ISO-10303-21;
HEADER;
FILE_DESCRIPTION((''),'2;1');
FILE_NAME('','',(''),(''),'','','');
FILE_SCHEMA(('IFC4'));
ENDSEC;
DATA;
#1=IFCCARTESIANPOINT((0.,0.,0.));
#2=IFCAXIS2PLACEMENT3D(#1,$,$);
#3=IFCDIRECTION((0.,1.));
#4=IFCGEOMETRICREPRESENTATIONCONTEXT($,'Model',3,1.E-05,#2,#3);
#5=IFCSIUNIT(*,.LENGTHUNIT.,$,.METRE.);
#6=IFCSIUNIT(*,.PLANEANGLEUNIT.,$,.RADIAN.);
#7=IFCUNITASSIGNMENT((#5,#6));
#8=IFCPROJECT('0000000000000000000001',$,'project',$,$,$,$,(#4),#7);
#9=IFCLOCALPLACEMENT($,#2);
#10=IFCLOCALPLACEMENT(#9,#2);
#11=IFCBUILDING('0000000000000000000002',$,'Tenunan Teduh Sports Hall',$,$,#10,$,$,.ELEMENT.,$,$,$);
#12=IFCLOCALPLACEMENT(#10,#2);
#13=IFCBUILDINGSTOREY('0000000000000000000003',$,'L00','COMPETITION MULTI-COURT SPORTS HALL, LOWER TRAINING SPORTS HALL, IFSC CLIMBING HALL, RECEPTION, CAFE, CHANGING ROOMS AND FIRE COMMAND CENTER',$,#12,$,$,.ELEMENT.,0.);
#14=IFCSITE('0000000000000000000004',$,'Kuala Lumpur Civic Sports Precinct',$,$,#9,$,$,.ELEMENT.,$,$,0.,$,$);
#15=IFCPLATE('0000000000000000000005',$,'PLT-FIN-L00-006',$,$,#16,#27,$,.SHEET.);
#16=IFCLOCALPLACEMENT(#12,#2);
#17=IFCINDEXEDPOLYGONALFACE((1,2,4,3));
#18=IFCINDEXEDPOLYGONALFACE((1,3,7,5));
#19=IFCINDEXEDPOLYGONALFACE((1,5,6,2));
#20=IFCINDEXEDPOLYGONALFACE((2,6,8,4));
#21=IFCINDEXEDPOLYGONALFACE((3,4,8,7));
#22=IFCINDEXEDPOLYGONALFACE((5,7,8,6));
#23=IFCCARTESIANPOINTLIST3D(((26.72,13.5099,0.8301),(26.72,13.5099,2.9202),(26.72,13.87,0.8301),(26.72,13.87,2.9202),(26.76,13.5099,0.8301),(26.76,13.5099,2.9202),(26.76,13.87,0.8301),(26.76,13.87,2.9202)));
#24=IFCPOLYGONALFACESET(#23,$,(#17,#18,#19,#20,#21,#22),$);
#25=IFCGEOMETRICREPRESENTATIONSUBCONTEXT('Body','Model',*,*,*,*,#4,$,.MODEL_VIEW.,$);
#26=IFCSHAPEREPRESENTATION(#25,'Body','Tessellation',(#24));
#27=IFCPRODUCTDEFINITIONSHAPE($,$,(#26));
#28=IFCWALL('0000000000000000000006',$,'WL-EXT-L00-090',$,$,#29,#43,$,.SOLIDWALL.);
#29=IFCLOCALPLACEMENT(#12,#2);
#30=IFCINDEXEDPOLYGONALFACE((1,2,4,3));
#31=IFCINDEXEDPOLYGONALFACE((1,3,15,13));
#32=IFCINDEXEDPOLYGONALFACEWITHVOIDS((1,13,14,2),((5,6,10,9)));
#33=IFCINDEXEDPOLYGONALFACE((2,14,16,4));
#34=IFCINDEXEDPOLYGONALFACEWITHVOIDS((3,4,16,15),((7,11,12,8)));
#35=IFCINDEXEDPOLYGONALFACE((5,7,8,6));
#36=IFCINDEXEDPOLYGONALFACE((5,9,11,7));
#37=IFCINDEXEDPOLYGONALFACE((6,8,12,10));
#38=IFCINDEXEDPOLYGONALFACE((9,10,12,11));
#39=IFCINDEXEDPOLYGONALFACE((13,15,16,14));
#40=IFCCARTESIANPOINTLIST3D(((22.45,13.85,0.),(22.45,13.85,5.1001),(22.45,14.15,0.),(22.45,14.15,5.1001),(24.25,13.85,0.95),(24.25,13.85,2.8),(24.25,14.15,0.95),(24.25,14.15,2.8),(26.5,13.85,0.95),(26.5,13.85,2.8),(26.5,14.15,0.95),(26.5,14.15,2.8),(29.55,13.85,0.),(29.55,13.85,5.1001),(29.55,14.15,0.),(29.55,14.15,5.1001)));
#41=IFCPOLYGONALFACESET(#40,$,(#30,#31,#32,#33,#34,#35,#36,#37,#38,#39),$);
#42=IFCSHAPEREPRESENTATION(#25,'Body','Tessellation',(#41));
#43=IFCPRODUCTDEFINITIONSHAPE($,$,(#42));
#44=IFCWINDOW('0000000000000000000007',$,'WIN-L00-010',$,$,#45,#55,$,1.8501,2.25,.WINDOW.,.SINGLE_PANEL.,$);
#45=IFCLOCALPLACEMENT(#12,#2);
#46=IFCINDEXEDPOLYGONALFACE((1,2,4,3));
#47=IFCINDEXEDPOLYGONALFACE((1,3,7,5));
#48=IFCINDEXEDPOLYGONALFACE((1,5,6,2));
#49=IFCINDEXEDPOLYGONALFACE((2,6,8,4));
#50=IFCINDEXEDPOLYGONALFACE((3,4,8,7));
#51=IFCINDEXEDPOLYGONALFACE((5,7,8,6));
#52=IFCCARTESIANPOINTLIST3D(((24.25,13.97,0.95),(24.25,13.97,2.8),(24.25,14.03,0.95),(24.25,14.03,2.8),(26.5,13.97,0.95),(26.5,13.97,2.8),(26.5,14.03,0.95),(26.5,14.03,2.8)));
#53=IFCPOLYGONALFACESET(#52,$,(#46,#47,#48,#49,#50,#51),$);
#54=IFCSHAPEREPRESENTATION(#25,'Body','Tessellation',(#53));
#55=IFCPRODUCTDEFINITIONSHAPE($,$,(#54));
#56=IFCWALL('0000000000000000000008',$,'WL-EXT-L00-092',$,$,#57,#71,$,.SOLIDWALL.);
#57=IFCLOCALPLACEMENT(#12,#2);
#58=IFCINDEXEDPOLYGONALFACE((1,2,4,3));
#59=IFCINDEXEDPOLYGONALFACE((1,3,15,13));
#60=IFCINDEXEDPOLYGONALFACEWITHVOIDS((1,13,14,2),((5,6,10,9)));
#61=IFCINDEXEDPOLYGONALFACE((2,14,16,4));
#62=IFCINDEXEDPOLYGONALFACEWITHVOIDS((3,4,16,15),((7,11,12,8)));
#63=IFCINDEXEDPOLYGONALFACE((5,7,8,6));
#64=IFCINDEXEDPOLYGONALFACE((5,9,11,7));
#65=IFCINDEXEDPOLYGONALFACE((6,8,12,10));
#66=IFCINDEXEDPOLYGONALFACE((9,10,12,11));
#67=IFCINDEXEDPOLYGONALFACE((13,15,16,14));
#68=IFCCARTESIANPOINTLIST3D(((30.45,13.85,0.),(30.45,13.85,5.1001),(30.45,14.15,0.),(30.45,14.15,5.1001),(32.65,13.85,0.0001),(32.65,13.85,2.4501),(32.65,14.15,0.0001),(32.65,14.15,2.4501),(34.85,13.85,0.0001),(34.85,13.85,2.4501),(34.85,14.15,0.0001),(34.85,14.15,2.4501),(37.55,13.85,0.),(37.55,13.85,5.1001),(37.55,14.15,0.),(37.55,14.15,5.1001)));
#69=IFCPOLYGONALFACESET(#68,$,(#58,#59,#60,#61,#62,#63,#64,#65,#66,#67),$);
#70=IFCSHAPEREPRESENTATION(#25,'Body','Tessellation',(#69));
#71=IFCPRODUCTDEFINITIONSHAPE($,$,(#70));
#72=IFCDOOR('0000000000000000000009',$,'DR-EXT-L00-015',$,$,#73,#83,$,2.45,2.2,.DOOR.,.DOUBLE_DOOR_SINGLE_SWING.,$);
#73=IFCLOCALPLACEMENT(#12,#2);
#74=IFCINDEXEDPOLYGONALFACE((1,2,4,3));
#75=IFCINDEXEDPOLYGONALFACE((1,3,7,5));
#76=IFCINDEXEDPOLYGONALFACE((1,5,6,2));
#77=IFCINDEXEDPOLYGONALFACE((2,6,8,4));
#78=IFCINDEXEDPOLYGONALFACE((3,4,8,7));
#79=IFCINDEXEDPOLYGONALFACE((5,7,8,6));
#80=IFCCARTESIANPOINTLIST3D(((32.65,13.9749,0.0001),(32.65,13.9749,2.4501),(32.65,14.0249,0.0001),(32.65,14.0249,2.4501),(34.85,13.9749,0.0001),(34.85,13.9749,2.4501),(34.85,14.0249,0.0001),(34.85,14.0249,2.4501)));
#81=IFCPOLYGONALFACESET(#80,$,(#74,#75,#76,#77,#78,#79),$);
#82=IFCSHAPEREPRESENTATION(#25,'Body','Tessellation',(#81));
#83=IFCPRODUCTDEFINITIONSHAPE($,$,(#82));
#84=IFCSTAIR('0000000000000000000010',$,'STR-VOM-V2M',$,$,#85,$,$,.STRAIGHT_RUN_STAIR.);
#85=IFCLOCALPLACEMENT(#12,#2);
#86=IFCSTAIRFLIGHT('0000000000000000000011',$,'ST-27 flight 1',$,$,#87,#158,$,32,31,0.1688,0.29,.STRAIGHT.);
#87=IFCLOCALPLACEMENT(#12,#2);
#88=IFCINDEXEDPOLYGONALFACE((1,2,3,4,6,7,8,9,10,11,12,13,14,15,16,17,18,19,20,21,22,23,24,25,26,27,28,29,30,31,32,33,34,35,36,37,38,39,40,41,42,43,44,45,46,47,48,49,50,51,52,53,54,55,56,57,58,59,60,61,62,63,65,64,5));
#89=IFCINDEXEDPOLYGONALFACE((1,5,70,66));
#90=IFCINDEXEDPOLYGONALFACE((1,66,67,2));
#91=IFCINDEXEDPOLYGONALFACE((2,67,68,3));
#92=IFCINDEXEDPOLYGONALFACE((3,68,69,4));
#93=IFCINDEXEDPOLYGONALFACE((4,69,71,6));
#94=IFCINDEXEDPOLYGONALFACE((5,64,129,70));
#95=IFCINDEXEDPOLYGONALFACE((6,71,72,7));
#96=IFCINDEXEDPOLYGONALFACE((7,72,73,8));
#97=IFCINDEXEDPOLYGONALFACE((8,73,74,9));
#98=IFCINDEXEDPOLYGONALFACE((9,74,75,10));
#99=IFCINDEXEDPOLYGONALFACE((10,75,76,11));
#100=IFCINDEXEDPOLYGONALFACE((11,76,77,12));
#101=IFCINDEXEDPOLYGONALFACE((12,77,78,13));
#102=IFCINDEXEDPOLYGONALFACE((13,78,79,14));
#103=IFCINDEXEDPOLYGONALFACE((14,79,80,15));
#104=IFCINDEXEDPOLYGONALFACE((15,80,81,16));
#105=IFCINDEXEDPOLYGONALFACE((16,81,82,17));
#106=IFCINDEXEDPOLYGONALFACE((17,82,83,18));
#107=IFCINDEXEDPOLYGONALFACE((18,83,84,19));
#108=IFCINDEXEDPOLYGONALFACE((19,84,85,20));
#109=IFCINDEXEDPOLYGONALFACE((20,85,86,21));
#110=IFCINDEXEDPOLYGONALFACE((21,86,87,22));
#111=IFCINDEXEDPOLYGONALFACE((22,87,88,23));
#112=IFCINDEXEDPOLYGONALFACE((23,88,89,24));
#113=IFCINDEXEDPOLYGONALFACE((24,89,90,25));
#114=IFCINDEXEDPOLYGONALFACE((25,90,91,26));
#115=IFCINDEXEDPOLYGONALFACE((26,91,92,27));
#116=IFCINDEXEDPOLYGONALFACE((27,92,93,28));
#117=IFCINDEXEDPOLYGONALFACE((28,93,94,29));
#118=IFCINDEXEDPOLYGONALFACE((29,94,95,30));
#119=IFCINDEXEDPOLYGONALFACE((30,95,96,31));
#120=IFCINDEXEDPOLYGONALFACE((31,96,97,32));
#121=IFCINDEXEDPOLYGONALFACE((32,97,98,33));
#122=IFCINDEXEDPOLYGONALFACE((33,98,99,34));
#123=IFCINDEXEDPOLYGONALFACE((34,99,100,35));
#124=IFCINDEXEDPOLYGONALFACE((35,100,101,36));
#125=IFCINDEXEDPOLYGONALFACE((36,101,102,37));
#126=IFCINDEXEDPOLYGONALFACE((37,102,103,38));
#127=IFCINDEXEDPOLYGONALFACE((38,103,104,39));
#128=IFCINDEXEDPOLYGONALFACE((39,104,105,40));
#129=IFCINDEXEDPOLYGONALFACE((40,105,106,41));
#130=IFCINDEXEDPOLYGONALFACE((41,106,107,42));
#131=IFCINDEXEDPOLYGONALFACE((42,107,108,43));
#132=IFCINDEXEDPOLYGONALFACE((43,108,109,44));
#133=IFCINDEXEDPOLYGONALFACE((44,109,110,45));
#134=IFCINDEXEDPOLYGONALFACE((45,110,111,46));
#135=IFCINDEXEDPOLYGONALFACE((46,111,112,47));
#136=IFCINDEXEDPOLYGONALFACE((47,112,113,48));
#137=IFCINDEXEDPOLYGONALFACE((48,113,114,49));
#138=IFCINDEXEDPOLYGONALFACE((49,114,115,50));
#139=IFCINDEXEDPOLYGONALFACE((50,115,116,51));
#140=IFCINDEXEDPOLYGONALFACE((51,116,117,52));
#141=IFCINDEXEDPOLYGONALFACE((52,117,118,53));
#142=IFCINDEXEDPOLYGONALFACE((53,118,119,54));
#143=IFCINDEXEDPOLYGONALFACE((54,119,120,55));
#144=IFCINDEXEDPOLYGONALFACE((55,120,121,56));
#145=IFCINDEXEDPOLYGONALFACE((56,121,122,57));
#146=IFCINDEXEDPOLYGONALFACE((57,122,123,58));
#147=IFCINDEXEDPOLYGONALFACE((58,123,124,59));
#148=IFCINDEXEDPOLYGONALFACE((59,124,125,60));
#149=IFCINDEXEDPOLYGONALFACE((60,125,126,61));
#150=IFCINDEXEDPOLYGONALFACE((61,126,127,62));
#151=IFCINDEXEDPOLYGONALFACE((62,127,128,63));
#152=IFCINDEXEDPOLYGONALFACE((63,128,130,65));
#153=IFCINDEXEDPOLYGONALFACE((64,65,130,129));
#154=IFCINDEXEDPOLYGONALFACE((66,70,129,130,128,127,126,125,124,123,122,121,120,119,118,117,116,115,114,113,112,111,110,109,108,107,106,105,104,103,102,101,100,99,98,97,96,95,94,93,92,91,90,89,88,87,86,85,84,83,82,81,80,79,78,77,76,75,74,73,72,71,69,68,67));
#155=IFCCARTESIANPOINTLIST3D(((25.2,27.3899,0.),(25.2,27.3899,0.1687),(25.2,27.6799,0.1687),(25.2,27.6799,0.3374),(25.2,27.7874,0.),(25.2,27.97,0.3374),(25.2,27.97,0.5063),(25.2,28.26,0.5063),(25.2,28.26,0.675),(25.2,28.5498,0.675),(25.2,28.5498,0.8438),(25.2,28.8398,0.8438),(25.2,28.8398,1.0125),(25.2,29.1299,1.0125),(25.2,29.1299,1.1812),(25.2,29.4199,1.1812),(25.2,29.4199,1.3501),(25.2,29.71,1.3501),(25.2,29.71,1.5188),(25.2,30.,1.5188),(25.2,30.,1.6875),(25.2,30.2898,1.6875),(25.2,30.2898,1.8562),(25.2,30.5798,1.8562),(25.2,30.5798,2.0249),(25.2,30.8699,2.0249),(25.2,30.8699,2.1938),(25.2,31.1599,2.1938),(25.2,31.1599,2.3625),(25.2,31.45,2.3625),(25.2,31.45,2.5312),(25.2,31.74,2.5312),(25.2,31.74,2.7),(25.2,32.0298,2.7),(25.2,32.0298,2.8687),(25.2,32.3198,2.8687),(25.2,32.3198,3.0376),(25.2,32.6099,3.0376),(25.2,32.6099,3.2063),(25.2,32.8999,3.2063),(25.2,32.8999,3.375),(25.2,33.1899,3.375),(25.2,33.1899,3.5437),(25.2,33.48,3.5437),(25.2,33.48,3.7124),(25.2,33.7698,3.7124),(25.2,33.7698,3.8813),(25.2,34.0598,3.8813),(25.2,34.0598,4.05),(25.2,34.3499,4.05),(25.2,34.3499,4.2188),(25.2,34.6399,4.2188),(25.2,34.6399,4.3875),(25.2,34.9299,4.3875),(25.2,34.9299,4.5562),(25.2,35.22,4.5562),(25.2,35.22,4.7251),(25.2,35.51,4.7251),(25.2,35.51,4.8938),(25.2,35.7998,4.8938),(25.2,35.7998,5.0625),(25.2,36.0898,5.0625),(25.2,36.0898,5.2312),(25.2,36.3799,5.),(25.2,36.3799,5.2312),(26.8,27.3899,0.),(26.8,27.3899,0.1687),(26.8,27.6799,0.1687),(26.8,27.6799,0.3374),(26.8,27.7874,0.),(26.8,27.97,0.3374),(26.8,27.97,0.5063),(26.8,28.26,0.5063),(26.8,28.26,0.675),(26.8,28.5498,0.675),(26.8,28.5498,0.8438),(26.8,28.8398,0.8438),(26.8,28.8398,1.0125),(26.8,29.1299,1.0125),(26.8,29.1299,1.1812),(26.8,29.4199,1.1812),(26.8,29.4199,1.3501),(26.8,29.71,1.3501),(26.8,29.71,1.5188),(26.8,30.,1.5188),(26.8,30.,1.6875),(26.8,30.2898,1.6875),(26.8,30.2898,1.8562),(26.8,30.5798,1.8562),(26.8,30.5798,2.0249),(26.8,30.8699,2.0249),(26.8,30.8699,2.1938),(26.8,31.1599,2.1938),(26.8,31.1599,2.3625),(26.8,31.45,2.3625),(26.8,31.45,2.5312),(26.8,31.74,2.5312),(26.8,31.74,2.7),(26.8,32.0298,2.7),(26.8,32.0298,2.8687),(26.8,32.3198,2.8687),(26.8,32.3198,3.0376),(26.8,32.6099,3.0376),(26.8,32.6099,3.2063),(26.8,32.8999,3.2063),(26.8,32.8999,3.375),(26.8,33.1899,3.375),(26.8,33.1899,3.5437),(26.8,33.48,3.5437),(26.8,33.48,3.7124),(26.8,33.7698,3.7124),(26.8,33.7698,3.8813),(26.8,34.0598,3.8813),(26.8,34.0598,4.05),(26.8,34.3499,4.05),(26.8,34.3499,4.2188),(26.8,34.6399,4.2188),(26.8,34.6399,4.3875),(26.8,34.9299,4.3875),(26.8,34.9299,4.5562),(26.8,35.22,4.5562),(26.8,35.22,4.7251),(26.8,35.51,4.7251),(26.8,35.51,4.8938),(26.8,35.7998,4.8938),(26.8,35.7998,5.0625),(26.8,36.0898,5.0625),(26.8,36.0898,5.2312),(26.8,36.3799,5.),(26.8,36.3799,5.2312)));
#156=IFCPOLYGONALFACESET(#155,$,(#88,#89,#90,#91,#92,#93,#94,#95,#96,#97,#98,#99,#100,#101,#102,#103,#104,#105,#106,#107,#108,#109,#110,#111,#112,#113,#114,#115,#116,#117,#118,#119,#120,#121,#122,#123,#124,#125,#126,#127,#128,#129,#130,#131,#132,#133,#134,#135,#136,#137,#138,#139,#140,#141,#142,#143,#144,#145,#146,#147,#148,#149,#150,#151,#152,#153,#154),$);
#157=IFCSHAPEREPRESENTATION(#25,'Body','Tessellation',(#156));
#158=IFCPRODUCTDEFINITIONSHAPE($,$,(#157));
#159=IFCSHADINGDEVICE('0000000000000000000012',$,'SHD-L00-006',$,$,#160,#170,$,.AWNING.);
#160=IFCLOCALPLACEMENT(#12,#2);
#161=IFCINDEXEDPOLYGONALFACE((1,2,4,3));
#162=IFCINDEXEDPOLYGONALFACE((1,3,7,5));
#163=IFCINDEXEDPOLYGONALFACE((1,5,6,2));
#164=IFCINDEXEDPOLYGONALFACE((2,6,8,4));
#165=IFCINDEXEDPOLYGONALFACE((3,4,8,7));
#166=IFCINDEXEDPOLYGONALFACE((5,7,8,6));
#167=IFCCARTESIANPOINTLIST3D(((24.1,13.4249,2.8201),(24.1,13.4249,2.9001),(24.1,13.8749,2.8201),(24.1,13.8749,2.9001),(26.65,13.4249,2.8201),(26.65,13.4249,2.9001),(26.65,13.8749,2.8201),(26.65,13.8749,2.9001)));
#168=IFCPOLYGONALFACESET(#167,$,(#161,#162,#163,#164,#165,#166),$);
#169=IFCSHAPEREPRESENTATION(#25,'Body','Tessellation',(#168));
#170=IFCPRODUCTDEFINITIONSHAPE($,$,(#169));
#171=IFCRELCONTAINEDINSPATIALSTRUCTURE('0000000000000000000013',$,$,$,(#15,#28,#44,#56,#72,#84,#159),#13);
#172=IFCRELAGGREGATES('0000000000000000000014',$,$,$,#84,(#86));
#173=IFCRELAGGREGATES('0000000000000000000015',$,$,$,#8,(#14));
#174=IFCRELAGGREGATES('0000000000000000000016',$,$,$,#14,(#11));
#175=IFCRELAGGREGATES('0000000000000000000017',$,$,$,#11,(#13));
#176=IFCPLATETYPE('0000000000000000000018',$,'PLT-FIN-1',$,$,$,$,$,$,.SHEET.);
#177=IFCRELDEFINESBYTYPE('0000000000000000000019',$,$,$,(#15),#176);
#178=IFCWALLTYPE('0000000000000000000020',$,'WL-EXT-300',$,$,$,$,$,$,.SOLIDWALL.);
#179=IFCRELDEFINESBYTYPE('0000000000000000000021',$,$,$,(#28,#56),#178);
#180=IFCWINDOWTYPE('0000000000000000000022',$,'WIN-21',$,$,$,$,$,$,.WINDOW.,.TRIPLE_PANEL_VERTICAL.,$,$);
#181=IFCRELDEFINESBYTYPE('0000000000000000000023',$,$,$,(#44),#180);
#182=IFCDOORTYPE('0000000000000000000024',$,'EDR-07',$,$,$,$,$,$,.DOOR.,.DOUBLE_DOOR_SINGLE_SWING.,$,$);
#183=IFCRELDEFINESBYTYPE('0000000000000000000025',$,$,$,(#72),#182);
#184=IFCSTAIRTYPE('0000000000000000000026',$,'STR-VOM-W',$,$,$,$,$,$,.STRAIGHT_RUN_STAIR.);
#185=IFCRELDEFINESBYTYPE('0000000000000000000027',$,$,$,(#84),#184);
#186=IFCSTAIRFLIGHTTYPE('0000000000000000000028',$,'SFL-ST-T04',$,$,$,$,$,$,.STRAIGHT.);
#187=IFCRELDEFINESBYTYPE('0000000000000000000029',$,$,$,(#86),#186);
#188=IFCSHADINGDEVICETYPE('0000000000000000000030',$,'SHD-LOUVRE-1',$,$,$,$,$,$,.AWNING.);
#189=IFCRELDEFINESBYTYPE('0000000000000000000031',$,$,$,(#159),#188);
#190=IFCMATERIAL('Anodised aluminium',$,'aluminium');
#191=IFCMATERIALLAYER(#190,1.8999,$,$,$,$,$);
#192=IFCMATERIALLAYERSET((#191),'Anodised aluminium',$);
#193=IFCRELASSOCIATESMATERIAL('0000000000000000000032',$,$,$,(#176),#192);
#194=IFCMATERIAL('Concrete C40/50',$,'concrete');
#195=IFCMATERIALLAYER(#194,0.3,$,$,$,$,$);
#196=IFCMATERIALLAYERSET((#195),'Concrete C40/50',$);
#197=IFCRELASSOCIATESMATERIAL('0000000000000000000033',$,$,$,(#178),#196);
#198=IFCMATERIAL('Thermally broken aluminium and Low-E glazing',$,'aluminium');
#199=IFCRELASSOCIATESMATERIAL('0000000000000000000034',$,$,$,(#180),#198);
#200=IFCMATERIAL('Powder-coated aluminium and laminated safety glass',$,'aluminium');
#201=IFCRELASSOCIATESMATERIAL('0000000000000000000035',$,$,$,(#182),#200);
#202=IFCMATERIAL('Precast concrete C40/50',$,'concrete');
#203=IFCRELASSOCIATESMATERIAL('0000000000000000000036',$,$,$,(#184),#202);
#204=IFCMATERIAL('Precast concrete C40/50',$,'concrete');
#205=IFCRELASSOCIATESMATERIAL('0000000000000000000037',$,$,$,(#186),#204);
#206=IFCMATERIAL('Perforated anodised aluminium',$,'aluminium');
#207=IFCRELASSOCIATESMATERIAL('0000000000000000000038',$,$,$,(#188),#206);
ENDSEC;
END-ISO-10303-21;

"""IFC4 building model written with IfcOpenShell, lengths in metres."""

from ifc_helpers import new_model, si_unit, direction, frame, frame_2d, origin, origin_2d, place, context, subcontext, project, spatial, polyline, rectangle, outline, extrude, material, layer, layer_set, type_object, element, fill, aggregate, save


model = new_model("IFC4")

# Units and contexts
model_context = context("Model", 3, precision=1e-05, world=origin(), true_north=direction((0.0, 1.0)))
body_context = subcontext(model_context, "Body", "Model", "MODEL_VIEW")
ifc_project = project(units=[si_unit("LENGTHUNIT", "METRE"), si_unit("PLANEANGLEUNIT", "RADIAN")], contexts=[model_context])

# Site, building, storey
site_placement = place(None, origin())
site = spatial("IfcSite", under=ifc_project, at=site_placement, Name="Kuala Lumpur Civic Sports Precinct", CompositionType="ELEMENT", RefElevation=0.0)
building_placement = place(site_placement, origin())
building = spatial("IfcBuilding", under=site, at=building_placement, Name="Tenunan Teduh Sports Hall", CompositionType="ELEMENT")
storey_placement = place(building_placement, origin())
storey = spatial("IfcBuildingStorey", under=building, at=storey_placement, Name="L00", Description="COMPETITION MULTI-COURT SPORTS HALL, LOWER TRAINING SPORTS HALL, IFSC CLIMBING HALL, RECEPTION, CAFE, CHANGING ROOMS AND FIRE COMMAND CENTER", CompositionType="ELEMENT", Elevation=0.0)

# Plate
ifc_material_1 = material(Name="Anodised aluminium", Category="aluminium")
ifc_layer_1 = layer(ifc_material_1, 1.8999)
ifc_layer_set_1 = layer_set([ifc_layer_1], Name="Anodised aluminium")
plate_type = type_object("IfcPlateType", Name="PLT-FIN-1", PredefinedType="SHEET", material=ifc_layer_set_1)
plate_placement = place(storey_placement, frame((26.74, 13.6899, 0.8301), z_axis=(0.0, 0.0, 1.0), x_axis=(1.0, 0.0, 0.0)))
element("IfcPlate", 1, at=plate_placement, inside=storey, type_object=plate_type, Name="PLT-FIN-L00-006", PredefinedType="SHEET", context=body_context, shape_type="SweptSolid", body=[
    extrude(rectangle(XDim=0.04, YDim=0.3601, at=origin_2d()), origin(), (0.0, 0.0, 1.0), 2.0901),
])

# Wall, opening, window
ifc_material_2 = material(Name="Concrete C40/50", Category="concrete")
ifc_layer_2 = layer(ifc_material_2, 0.3)
ifc_layer_set_2 = layer_set([ifc_layer_2], Name="Concrete C40/50")
wall_type = type_object("IfcWallType", Name="WL-EXT-300", PredefinedType="SOLIDWALL", material=ifc_layer_set_2)
wall_1_placement = place(storey_placement, frame((22.45, 14.0, 0.0), z_axis=(0.0, 0.0, 1.0), x_axis=(1.0, 0.0, 0.0)))
wall_1 = element("IfcWall", 2, at=wall_1_placement, inside=storey, type_object=wall_type, Name="WL-EXT-L00-090", PredefinedType="SOLIDWALL", context=body_context, shape_type="SweptSolid", body=[
    extrude(rectangle(XDim=7.1001, YDim=0.3, at=frame_2d((3.55, 0.0))), origin(), (0.0, 0.0, 1.0), 5.1001),
])
opening_1_placement = place(wall_1_placement, frame((1.8, 0.0, 0.95)))
opening_1 = element("IfcOpeningElement", 3, at=opening_1_placement, cuts=wall_1, PredefinedType="OPENING", context=body_context, shape_type="SweptSolid", body=[
    extrude(rectangle(XDim=2.25, YDim=1.8501, at=frame_2d((1.125, 0.925))), frame((0.0, 0.1599, 0.0), z_axis=(0.0, -1.0, 0.0), x_axis=(1.0, 0.0, 0.0)), (0.0, 0.0, 1.0), 0.3201),
])
ifc_material_3 = material(Name="Thermally broken aluminium and Low-E glazing", Category="aluminium")
window_type = type_object("IfcWindowType", Name="WIN-21", PartitioningType="TRIPLE_PANEL_VERTICAL", PredefinedType="WINDOW", material=ifc_material_3)
window_placement = place(opening_1_placement, origin())
window = element("IfcWindow", 4, at=window_placement, inside=storey, type_object=window_type, Name="WIN-L00-010", OverallHeight=1.8501, OverallWidth=2.25, PartitioningType="SINGLE_PANEL", PredefinedType="WINDOW", context=body_context, shape_type="SweptSolid", body=[
    extrude(rectangle(XDim=2.25, YDim=1.8501, at=frame_2d((1.125, 0.925))), frame((0.0, 0.03, 0.0), z_axis=(0.0, -1.0, 0.0), x_axis=(1.0, 0.0, 0.0)), (0.0, 0.0, 1.0), 0.0601),
])
fill(opening_1, window)

# Wall, opening, door
wall_2_placement = place(storey_placement, frame((30.45, 14.0, 0.0), z_axis=(0.0, 0.0, 1.0), x_axis=(1.0, 0.0, 0.0)))
wall_2 = element("IfcWall", 5, at=wall_2_placement, inside=storey, type_object=wall_type, Name="WL-EXT-L00-092", PredefinedType="SOLIDWALL", context=body_context, shape_type="SweptSolid", body=[
    extrude(rectangle(XDim=7.1001, YDim=0.3, at=frame_2d((3.55, 0.0))), origin(), (0.0, 0.0, 1.0), 5.1001),
])
opening_2_placement = place(wall_2_placement, frame((2.2, 0.0, 0.0)))
opening_2 = element("IfcOpeningElement", 6, at=opening_2_placement, cuts=wall_2, PredefinedType="OPENING", context=body_context, shape_type="SweptSolid", body=[
    extrude(rectangle(XDim=2.2, YDim=2.45, at=frame_2d((1.1001, 1.2251))), frame((0.0, 0.1599, 0.0), z_axis=(0.0, -1.0, 0.0), x_axis=(1.0, 0.0, 0.0)), (0.0, 0.0, 1.0), 0.3201),
])
ifc_material_4 = material(Name="Powder-coated aluminium and laminated safety glass", Category="aluminium")
door_type = type_object("IfcDoorType", Name="EDR-07", OperationType="DOUBLE_DOOR_SINGLE_SWING", PredefinedType="DOOR", material=ifc_material_4)
door_placement = place(opening_2_placement, origin())
door = element("IfcDoor", 7, at=door_placement, inside=storey, type_object=door_type, Name="DR-EXT-L00-015", OperationType="DOUBLE_DOOR_SINGLE_SWING", OverallHeight=2.45, OverallWidth=2.2, PredefinedType="DOOR", context=body_context, shape_type="SweptSolid", body=[
    extrude(rectangle(XDim=2.2, YDim=2.45, at=frame_2d((1.1001, 1.2251))), frame((0.0, 0.0249, 0.0), z_axis=(0.0, -1.0, 0.0), x_axis=(1.0, 0.0, 0.0)), (0.0, 0.0, 1.0), 0.05),
])
fill(opening_2, door)

# Stair, stair flight
ifc_material_5 = material(Name="Precast concrete C40/50", Category="concrete")
stair_type = type_object("IfcStairType", Name="STR-VOM-W", PredefinedType="STRAIGHT_RUN_STAIR", material=ifc_material_5)
stair_1_placement = place(storey_placement, origin())
stair_1 = element("IfcStair", 8, at=stair_1_placement, inside=storey, type_object=stair_type, Name="STR-VOM-V2M", PredefinedType="STRAIGHT_RUN_STAIR")
ifc_material_6 = material(Name="Precast concrete C40/50", Category="concrete")
stair_flight_type = type_object("IfcStairFlightType", Name="SFL-ST-T04", PredefinedType="STRAIGHT", material=ifc_material_6)
stair_flight_placement = place(storey_placement, frame((26.0, 27.3899, 0.0), z_axis=(0.0, 0.0, 1.0), x_axis=(0.0, 1.0, 0.0)))
stair_flight = element("IfcStairFlight", 9, at=stair_flight_placement, type_object=stair_flight_type, Name="ST-27 flight 1", NumberOfRisers=32, NumberOfTreads=31, PredefinedType="STRAIGHT", RiserHeight=0.1688, TreadLength=0.29, context=body_context, shape_type="SweptSolid", body=[
    extrude(outline(polyline([(0.0, 0.0), (0.0, 0.1687), (0.29, 0.1687), (0.29, 0.3374), (0.5801, 0.3374), (0.5801, 0.5063), (0.8701, 0.5063), (0.8701, 0.675), (1.1599, 0.675), (1.1599, 0.8438), (1.45, 0.8438), (1.45, 1.0125), (1.74, 1.0125), (1.74, 1.1812), (2.03, 1.1812), (2.03, 1.3501), (2.3201, 1.3501), (2.3201, 1.5188), (2.6101, 1.5188), (2.6101, 1.6875), (2.8999, 1.6875), (2.8999, 1.8562), (3.1899, 1.8562), (3.1899, 2.0249), (3.48, 2.0249), (3.48, 2.1938), (3.77, 2.1938), (3.77, 2.3625), (4.0601, 2.3625), (4.0601, 2.5312), (4.3501, 2.5312), (4.3501, 2.7), (4.6399, 2.7), (4.6399, 2.8687), (4.9299, 2.8687), (4.9299, 3.0376), (5.22, 3.0376), (5.22, 3.2063), (5.51, 3.2063), (5.51, 3.375), (5.8, 3.375), (5.8, 3.5437), (6.0901, 3.5437), (6.0901, 3.7124), (6.3799, 3.7124), (6.3799, 3.8813), (6.6699, 3.8813), (6.6699, 4.05), (6.96, 4.05), (6.96, 4.2188), (7.25, 4.2188), (7.25, 4.3875), (7.54, 4.3875), (7.54, 4.5562), (7.8301, 4.5562), (7.8301, 4.7251), (8.1201, 4.7251), (8.1201, 4.8938), (8.4099, 4.8938), (8.4099, 5.0625), (8.7, 5.0625), (8.7, 5.2312), (8.99, 5.2312), (8.99, 5.3999), (8.99, 5.0), (0.3975, 0.0), (0.0, 0.0)])), frame((0.0, 0.8, 0.0), z_axis=(0.0, -1.0, 0.0), x_axis=(1.0, 0.0, 0.0)), (0.0, 0.0, 1.0), 1.6001),
])

aggregate(stair_1, [stair_flight])

# Shading device
ifc_material_7 = material(Name="Perforated anodised aluminium", Category="aluminium")
shading_device_type = type_object("IfcShadingDeviceType", Name="SHD-LOUVRE-1", PredefinedType="AWNING", material=ifc_material_7)
shading_device_placement = place(storey_placement, frame((25.375, 13.6499, 2.8201), z_axis=(0.0, 0.0, 1.0), x_axis=(1.0, 0.0, 0.0)))
element("IfcShadingDevice", 10, at=shading_device_placement, inside=storey, type_object=shading_device_type, Name="SHD-L00-006", PredefinedType="AWNING", context=body_context, shape_type="SweptSolid", body=[
    extrude(rectangle(XDim=2.55, YDim=0.45, at=origin_2d()), origin(), (0.0, 0.0, 1.0), 0.0801),
])

save(model, "model.ifc")
